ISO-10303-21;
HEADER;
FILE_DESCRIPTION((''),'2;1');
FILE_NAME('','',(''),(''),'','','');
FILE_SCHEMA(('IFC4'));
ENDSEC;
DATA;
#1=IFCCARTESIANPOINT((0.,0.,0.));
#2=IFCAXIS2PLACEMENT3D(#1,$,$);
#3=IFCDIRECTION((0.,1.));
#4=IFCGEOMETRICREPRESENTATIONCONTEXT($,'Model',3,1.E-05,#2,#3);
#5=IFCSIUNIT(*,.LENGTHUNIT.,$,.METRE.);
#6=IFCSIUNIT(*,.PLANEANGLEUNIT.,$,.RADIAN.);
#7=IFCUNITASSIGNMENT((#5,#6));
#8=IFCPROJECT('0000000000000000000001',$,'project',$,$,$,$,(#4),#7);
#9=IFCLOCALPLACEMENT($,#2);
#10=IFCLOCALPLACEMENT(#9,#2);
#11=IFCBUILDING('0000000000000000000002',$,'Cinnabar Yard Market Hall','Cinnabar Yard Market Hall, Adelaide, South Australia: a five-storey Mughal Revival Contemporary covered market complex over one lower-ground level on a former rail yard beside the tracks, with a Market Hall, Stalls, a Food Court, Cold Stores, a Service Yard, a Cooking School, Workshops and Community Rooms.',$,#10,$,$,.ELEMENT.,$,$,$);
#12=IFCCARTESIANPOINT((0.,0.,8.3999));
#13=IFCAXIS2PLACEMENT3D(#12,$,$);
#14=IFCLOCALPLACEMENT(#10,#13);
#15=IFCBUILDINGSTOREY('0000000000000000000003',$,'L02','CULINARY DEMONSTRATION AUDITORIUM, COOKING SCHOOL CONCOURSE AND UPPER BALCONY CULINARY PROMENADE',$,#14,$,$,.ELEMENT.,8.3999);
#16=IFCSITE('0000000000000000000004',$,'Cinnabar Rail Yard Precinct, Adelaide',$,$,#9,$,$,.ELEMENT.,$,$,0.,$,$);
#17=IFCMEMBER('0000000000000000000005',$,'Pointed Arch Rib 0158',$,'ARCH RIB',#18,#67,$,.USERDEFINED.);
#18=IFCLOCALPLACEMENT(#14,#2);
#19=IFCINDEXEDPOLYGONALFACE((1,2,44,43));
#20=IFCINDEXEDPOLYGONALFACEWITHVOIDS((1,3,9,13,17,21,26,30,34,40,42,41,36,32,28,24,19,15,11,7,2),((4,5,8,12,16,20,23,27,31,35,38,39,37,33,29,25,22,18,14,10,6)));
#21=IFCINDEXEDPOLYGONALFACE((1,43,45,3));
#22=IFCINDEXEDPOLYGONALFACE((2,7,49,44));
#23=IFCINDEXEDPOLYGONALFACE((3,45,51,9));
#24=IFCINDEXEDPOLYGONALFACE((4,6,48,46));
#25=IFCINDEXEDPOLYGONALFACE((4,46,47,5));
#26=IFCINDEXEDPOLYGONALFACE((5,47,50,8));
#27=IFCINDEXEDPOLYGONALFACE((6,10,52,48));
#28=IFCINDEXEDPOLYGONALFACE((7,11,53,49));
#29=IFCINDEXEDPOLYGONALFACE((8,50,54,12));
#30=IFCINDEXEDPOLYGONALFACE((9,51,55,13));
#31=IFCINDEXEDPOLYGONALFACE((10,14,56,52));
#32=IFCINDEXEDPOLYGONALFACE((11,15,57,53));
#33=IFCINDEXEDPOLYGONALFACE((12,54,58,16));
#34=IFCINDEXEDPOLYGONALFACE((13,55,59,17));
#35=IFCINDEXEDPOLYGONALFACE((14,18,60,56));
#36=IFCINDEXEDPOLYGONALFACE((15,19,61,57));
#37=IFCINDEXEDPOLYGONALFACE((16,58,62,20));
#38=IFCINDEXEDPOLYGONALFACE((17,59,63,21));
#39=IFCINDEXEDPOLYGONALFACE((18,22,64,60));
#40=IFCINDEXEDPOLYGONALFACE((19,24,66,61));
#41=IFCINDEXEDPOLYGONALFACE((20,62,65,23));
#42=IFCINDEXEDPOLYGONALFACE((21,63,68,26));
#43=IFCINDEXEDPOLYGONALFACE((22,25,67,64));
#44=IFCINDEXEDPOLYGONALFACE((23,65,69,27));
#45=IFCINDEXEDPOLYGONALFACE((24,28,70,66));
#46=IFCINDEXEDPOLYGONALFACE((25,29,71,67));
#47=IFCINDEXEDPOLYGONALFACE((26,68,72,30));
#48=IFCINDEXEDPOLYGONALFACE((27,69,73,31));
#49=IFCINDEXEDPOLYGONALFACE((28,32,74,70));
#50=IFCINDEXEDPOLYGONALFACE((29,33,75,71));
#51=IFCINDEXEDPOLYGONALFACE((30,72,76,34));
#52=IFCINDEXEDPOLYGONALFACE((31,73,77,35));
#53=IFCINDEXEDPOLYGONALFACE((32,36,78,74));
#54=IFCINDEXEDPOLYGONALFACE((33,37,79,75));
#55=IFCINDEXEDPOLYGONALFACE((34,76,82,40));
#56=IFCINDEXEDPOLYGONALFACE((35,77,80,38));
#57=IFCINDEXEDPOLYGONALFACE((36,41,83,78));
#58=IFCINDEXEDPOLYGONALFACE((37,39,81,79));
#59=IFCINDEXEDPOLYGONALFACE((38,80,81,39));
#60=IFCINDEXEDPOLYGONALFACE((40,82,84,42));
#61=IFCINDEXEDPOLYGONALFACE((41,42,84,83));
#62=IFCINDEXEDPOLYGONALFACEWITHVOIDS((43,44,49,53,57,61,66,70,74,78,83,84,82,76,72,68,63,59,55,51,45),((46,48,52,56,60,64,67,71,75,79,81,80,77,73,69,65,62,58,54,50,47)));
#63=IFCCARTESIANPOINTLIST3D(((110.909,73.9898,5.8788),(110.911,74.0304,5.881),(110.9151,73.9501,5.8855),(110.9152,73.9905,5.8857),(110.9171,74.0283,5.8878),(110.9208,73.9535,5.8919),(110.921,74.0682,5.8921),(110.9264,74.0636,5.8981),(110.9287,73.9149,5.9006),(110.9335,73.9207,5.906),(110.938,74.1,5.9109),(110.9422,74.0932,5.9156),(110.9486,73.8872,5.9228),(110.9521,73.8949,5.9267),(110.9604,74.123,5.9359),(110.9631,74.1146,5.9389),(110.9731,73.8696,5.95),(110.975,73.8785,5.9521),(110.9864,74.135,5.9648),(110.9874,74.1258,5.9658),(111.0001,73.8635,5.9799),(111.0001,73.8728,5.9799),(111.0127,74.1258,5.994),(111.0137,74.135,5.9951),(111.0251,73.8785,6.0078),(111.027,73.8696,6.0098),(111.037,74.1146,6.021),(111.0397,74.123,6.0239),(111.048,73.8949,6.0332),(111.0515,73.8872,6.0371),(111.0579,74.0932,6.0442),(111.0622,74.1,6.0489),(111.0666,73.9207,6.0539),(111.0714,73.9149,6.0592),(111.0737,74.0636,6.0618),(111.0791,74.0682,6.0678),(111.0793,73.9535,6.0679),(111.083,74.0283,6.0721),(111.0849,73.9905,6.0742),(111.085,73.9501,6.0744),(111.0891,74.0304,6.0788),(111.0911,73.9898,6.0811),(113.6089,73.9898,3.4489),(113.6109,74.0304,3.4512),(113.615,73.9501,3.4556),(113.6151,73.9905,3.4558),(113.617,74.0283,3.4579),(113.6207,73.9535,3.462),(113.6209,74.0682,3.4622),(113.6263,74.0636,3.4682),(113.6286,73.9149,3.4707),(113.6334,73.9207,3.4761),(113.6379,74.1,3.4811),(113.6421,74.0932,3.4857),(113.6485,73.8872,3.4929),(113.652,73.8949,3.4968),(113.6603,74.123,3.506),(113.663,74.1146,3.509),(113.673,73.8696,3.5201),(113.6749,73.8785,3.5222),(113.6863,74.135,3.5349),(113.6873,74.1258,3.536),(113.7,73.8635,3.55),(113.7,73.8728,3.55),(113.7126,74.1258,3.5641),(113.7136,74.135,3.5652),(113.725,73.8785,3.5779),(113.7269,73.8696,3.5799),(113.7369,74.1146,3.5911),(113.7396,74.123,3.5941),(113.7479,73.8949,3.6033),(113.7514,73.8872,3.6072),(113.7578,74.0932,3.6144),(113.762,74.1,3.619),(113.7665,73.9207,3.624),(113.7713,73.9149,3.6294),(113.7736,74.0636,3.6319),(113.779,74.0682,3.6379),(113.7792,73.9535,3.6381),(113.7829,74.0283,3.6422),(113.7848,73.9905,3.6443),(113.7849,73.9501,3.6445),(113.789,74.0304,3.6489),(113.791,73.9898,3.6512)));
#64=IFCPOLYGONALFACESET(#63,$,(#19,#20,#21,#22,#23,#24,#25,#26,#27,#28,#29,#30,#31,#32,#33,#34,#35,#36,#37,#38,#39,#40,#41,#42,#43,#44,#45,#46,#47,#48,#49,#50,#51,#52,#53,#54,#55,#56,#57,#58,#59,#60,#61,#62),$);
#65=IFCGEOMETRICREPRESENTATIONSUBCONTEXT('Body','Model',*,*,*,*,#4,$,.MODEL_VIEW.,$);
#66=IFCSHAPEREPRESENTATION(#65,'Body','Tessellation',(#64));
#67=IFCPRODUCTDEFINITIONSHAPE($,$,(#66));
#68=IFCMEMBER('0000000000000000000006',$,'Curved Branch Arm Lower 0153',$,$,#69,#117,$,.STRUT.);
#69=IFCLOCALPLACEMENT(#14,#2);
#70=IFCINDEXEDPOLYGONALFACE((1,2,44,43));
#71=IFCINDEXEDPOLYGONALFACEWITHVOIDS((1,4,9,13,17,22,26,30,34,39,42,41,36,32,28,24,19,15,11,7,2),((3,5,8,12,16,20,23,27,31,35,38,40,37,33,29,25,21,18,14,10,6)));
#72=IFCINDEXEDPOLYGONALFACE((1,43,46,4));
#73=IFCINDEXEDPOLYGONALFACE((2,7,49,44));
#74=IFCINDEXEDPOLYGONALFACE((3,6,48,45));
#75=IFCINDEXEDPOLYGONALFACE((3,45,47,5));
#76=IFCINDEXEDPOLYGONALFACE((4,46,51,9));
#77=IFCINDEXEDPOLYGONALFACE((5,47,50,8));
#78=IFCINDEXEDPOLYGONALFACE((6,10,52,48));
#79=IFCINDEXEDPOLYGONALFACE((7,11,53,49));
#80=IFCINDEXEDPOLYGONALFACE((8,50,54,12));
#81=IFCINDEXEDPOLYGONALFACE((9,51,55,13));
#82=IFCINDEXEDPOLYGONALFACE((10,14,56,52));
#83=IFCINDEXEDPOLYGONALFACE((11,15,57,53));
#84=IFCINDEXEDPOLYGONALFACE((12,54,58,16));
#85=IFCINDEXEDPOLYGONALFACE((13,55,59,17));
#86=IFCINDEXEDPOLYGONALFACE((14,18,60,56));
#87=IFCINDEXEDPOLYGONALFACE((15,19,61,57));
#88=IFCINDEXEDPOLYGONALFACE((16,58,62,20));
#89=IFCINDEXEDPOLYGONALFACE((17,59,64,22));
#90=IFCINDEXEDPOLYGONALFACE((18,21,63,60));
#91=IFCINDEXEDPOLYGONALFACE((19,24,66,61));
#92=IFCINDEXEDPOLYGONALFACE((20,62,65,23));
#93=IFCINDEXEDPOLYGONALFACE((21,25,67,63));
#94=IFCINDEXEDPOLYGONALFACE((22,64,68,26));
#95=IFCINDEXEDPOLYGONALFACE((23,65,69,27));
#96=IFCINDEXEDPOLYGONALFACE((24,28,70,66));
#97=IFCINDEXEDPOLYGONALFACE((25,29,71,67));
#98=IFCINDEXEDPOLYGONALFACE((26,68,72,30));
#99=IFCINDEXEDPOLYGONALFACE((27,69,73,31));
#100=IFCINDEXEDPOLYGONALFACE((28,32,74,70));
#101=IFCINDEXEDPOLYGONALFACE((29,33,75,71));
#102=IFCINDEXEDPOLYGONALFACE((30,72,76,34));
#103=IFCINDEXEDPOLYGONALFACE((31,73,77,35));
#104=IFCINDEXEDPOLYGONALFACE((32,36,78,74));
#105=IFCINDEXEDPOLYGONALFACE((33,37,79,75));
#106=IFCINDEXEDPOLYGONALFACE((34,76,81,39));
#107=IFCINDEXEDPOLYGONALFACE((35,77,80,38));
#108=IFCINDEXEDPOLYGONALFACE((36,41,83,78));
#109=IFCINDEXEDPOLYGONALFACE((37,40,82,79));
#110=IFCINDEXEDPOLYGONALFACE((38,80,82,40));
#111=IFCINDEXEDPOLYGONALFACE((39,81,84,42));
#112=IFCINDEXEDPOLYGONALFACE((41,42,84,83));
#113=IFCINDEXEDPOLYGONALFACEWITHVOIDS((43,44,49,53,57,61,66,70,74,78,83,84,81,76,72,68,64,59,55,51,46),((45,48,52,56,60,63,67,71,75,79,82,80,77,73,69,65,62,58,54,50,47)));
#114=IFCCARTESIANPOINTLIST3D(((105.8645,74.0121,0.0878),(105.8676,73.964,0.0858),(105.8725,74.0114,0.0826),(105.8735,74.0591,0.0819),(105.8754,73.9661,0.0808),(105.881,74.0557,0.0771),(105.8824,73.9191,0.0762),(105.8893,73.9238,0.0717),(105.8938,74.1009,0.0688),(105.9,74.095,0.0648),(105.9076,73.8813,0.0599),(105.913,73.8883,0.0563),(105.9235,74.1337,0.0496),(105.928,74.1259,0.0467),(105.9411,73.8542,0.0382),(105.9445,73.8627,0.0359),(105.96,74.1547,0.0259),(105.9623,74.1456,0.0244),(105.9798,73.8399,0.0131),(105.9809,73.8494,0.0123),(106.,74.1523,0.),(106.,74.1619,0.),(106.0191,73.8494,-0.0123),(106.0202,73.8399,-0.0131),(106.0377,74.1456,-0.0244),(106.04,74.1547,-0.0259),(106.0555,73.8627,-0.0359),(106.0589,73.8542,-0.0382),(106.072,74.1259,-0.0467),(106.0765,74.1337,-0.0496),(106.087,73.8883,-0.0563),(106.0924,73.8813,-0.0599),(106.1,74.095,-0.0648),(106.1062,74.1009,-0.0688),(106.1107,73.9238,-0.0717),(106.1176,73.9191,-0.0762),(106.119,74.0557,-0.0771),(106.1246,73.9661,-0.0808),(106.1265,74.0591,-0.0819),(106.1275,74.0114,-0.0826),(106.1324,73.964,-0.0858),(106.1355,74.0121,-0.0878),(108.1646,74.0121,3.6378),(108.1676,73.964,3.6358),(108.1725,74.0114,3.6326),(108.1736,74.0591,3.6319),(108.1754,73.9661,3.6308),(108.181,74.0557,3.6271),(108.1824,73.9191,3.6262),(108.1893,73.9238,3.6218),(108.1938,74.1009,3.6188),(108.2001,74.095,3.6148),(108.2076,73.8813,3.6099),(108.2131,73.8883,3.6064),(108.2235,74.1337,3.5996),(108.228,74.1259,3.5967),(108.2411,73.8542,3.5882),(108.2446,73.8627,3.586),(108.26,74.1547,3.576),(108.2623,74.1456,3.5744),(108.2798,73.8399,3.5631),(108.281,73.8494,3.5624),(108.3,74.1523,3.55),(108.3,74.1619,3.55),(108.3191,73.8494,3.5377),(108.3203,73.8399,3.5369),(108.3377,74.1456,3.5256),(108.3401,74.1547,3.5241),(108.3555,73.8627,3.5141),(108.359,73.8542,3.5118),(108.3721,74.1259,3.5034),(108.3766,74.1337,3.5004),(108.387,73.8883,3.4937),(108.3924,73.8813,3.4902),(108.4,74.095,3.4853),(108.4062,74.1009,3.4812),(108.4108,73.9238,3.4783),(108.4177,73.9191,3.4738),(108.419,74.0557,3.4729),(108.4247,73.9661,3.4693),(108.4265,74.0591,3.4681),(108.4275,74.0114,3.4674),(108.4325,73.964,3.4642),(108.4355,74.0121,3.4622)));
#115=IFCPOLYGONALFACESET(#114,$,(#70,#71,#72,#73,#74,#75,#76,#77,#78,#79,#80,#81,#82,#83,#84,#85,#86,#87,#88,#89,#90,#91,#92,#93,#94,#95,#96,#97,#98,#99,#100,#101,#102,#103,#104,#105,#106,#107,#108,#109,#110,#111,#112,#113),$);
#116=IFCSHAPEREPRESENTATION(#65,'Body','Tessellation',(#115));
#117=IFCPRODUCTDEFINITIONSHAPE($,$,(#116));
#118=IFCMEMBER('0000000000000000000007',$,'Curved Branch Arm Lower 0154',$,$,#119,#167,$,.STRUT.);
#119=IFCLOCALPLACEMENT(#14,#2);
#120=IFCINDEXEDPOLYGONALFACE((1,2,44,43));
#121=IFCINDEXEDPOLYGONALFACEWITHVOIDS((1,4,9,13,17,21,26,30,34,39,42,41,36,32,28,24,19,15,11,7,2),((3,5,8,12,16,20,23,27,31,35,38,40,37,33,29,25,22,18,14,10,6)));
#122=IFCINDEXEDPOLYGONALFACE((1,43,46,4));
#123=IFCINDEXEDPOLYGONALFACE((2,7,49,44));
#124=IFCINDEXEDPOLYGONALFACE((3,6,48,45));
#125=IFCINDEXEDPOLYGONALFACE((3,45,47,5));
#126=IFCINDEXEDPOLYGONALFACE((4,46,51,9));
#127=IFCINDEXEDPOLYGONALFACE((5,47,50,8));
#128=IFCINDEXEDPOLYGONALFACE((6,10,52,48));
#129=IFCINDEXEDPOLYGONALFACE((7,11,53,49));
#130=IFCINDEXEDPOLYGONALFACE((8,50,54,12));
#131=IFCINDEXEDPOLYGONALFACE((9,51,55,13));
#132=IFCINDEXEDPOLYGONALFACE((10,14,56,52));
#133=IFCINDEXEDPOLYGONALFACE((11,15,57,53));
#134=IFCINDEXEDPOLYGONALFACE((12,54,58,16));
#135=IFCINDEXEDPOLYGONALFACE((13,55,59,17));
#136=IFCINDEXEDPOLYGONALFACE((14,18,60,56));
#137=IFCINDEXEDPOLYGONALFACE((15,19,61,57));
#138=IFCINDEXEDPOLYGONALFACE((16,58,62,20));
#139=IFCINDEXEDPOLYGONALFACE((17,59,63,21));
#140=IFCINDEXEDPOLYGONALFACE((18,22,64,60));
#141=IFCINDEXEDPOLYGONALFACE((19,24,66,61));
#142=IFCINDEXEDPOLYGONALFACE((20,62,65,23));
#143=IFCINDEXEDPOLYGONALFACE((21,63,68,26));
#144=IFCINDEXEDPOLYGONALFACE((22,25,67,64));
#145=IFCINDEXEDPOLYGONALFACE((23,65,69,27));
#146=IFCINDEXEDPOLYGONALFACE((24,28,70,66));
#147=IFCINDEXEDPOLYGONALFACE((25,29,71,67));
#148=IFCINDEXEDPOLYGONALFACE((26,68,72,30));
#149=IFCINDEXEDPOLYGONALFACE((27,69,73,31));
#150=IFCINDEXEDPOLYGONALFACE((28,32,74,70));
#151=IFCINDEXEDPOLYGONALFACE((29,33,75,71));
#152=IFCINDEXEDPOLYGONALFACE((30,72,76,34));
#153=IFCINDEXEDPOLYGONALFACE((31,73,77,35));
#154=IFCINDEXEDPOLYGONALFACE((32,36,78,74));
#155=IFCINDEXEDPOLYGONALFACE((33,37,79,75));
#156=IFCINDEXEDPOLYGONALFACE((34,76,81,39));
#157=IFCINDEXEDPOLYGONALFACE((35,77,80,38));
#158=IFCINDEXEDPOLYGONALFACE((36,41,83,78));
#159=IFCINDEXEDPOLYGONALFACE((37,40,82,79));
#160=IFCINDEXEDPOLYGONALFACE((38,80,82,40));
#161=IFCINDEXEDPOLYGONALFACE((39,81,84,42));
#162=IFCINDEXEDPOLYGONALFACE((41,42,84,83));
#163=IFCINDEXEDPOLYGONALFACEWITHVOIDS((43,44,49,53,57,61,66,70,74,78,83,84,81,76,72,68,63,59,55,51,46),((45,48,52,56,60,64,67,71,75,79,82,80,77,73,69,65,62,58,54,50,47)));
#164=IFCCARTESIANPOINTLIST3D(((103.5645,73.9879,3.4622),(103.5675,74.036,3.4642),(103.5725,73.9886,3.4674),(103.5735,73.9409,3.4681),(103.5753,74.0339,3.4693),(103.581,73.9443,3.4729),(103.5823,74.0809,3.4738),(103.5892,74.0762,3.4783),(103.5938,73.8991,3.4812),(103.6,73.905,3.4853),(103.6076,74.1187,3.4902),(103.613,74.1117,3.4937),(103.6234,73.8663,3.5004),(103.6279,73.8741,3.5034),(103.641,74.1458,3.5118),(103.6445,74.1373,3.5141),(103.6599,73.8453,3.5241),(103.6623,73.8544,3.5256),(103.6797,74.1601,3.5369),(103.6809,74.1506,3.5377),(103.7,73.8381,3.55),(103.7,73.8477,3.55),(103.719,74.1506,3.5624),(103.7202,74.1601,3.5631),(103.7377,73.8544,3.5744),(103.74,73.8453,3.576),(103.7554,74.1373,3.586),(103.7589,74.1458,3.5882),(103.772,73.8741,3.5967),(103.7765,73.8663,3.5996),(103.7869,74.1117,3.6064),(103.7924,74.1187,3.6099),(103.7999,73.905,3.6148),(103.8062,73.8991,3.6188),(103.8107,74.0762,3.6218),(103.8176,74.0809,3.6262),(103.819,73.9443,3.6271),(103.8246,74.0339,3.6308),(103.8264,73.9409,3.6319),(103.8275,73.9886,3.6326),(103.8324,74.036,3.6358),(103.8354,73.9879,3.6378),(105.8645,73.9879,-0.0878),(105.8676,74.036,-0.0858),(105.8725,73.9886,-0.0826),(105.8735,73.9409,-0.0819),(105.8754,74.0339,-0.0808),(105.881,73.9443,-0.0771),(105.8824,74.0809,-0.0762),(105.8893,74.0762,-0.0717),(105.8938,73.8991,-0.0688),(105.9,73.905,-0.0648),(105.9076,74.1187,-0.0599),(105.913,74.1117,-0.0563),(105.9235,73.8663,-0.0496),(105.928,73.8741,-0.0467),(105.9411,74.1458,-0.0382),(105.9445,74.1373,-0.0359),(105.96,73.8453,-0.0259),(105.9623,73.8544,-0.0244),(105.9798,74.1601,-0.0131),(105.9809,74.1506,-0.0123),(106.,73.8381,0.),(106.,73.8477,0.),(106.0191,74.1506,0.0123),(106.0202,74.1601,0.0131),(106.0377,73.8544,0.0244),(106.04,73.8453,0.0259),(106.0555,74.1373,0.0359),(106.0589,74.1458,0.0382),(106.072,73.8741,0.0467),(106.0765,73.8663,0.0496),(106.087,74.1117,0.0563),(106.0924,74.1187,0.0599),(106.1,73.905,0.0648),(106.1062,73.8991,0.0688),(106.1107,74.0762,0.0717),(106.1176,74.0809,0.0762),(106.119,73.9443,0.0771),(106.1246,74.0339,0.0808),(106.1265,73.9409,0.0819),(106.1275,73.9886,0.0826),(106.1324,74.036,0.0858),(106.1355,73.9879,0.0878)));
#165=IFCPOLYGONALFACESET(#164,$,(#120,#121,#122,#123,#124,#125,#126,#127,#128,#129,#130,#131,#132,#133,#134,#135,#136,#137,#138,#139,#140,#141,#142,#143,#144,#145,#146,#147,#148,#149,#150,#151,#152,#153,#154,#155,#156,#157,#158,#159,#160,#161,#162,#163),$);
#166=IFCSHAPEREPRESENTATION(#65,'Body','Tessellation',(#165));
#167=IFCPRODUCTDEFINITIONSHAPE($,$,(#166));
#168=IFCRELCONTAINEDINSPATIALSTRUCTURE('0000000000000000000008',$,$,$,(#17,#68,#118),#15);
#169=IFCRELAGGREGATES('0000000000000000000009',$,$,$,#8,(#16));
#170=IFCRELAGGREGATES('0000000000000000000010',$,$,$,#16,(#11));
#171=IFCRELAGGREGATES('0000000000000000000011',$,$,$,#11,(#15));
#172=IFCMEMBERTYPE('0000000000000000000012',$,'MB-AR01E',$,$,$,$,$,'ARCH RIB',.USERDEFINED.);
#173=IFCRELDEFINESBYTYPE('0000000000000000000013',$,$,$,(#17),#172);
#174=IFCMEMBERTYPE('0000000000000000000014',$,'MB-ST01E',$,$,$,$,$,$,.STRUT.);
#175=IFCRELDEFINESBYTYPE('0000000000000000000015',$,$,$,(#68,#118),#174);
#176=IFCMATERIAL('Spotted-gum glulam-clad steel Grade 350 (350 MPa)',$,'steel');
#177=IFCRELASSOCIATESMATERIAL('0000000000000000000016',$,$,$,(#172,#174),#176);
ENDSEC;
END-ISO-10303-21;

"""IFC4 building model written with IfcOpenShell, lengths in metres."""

from ifc_helpers import new_model, si_unit, direction, frame, origin, origin_2d_with_axis, place, context, subcontext, project, spatial, hollow_circle, extrude, material, material_profile, profile_set, type_object, element, save


model = new_model("IFC4")

# Units and contexts
model_context = context("Model", 3, precision=1e-05, world=origin(), true_north=direction((0.0, 1.0)))
body_context = subcontext(model_context, "Body", "Model", "MODEL_VIEW")
ifc_project = project(units=[si_unit("LENGTHUNIT", "METRE"), si_unit("PLANEANGLEUNIT", "RADIAN")], contexts=[model_context])

# Site, building, storey
site_placement = place(None, origin())
site = spatial("IfcSite", under=ifc_project, at=site_placement, Name="Cinnabar Rail Yard Precinct, Adelaide", CompositionType="ELEMENT", RefElevation=0.0)
building_placement = place(site_placement, origin())
building = spatial("IfcBuilding", under=site, at=building_placement, Name="Cinnabar Yard Market Hall", Description="Cinnabar Yard Market Hall, Adelaide, South Australia: a five-storey Mughal Revival Contemporary covered market complex over one lower-ground level on a former rail yard beside the tracks, with a Market Hall, Stalls, a Food Court, Cold Stores, a Service Yard, a Cooking School, Workshops and Community Rooms.", CompositionType="ELEMENT")
storey_placement = place(building_placement, frame((0.0, 0.0, 8.3999)))
storey = spatial("IfcBuildingStorey", under=building, at=storey_placement, Name="L02", Description="CULINARY DEMONSTRATION AUDITORIUM, COOKING SCHOOL CONCOURSE AND UPPER BALCONY CULINARY PROMENADE", CompositionType="ELEMENT", Elevation=8.3999)

# Shared definitions
ifc_material_1 = material(Name="Spotted-gum glulam-clad steel Grade 350 (350 MPa)", Category="steel")

# Members
ifc_material_profile_1 = material_profile(ifc_material_1, hollow_circle(Radius=0.1365, WallThickness=0.0093, at=origin_2d_with_axis()), Name="273.1x9.3CHS")
ifc_profile_set_1 = profile_set([ifc_material_profile_1], Name="Spotted-gum glulam-clad steel Grade 350 (350 MPa)")
member_type_1 = type_object("IfcMemberType", Name="MB-AR01E", ElementType="ARCH RIB", PredefinedType="USERDEFINED", material=ifc_profile_set_1)
for number, where, z_axis, x_axis, name in (
    (1, (113.7, 74.0, 3.55), (-0.743297, 0.0, 0.668961), (0.0, -1.0, 0.0), "Pointed Arch Rib 0158"),
):
    element("IfcMember", number, at=place(storey_placement, frame(where, z_axis=z_axis, x_axis=x_axis)), inside=storey, type_object=member_type_1, Name=name, ObjectType="ARCH RIB", PredefinedType="USERDEFINED", context=body_context, shape_type="SweptSolid", body=[
        extrude(hollow_circle(Radius=0.1365, WallThickness=0.0093, at=origin_2d_with_axis()), origin(), (0.0, 0.0, 1.0), 3.6323),
    ])
ifc_material_profile_2 = material_profile(ifc_material_1, hollow_circle(Radius=0.1619, WallThickness=0.0095, at=origin_2d_with_axis()), Name="323.9x9.5CHS")
ifc_profile_set_2 = profile_set([ifc_material_profile_2], Name="Spotted-gum glulam-clad steel Grade 350 (350 MPa)")
member_type_2 = type_object("IfcMemberType", Name="MB-ST01E", PredefinedType="STRUT", material=ifc_profile_set_2)
for number, where, z_axis, x_axis, name in (
    (2, (106.0, 74.0, 0.0), (0.543744, 0.0, 0.839251), (0.0, 1.0, 0.0), "Curved Branch Arm Lower 0153"),
    (3, (106.0, 74.0, 0.0), (-0.543744, 0.0, 0.839251), (0.0, -1.0, 0.0), "Curved Branch Arm Lower 0154"),
):
    element("IfcMember", number, at=place(storey_placement, frame(where, z_axis=z_axis, x_axis=x_axis)), inside=storey, type_object=member_type_2, Name=name, PredefinedType="STRUT", context=body_context, shape_type="SweptSolid", body=[
        extrude(hollow_circle(Radius=0.1619, WallThickness=0.0095, at=origin_2d_with_axis()), origin(), (0.0, 0.0, 1.0), 4.23),
    ])

save(model, "model.ifc")
